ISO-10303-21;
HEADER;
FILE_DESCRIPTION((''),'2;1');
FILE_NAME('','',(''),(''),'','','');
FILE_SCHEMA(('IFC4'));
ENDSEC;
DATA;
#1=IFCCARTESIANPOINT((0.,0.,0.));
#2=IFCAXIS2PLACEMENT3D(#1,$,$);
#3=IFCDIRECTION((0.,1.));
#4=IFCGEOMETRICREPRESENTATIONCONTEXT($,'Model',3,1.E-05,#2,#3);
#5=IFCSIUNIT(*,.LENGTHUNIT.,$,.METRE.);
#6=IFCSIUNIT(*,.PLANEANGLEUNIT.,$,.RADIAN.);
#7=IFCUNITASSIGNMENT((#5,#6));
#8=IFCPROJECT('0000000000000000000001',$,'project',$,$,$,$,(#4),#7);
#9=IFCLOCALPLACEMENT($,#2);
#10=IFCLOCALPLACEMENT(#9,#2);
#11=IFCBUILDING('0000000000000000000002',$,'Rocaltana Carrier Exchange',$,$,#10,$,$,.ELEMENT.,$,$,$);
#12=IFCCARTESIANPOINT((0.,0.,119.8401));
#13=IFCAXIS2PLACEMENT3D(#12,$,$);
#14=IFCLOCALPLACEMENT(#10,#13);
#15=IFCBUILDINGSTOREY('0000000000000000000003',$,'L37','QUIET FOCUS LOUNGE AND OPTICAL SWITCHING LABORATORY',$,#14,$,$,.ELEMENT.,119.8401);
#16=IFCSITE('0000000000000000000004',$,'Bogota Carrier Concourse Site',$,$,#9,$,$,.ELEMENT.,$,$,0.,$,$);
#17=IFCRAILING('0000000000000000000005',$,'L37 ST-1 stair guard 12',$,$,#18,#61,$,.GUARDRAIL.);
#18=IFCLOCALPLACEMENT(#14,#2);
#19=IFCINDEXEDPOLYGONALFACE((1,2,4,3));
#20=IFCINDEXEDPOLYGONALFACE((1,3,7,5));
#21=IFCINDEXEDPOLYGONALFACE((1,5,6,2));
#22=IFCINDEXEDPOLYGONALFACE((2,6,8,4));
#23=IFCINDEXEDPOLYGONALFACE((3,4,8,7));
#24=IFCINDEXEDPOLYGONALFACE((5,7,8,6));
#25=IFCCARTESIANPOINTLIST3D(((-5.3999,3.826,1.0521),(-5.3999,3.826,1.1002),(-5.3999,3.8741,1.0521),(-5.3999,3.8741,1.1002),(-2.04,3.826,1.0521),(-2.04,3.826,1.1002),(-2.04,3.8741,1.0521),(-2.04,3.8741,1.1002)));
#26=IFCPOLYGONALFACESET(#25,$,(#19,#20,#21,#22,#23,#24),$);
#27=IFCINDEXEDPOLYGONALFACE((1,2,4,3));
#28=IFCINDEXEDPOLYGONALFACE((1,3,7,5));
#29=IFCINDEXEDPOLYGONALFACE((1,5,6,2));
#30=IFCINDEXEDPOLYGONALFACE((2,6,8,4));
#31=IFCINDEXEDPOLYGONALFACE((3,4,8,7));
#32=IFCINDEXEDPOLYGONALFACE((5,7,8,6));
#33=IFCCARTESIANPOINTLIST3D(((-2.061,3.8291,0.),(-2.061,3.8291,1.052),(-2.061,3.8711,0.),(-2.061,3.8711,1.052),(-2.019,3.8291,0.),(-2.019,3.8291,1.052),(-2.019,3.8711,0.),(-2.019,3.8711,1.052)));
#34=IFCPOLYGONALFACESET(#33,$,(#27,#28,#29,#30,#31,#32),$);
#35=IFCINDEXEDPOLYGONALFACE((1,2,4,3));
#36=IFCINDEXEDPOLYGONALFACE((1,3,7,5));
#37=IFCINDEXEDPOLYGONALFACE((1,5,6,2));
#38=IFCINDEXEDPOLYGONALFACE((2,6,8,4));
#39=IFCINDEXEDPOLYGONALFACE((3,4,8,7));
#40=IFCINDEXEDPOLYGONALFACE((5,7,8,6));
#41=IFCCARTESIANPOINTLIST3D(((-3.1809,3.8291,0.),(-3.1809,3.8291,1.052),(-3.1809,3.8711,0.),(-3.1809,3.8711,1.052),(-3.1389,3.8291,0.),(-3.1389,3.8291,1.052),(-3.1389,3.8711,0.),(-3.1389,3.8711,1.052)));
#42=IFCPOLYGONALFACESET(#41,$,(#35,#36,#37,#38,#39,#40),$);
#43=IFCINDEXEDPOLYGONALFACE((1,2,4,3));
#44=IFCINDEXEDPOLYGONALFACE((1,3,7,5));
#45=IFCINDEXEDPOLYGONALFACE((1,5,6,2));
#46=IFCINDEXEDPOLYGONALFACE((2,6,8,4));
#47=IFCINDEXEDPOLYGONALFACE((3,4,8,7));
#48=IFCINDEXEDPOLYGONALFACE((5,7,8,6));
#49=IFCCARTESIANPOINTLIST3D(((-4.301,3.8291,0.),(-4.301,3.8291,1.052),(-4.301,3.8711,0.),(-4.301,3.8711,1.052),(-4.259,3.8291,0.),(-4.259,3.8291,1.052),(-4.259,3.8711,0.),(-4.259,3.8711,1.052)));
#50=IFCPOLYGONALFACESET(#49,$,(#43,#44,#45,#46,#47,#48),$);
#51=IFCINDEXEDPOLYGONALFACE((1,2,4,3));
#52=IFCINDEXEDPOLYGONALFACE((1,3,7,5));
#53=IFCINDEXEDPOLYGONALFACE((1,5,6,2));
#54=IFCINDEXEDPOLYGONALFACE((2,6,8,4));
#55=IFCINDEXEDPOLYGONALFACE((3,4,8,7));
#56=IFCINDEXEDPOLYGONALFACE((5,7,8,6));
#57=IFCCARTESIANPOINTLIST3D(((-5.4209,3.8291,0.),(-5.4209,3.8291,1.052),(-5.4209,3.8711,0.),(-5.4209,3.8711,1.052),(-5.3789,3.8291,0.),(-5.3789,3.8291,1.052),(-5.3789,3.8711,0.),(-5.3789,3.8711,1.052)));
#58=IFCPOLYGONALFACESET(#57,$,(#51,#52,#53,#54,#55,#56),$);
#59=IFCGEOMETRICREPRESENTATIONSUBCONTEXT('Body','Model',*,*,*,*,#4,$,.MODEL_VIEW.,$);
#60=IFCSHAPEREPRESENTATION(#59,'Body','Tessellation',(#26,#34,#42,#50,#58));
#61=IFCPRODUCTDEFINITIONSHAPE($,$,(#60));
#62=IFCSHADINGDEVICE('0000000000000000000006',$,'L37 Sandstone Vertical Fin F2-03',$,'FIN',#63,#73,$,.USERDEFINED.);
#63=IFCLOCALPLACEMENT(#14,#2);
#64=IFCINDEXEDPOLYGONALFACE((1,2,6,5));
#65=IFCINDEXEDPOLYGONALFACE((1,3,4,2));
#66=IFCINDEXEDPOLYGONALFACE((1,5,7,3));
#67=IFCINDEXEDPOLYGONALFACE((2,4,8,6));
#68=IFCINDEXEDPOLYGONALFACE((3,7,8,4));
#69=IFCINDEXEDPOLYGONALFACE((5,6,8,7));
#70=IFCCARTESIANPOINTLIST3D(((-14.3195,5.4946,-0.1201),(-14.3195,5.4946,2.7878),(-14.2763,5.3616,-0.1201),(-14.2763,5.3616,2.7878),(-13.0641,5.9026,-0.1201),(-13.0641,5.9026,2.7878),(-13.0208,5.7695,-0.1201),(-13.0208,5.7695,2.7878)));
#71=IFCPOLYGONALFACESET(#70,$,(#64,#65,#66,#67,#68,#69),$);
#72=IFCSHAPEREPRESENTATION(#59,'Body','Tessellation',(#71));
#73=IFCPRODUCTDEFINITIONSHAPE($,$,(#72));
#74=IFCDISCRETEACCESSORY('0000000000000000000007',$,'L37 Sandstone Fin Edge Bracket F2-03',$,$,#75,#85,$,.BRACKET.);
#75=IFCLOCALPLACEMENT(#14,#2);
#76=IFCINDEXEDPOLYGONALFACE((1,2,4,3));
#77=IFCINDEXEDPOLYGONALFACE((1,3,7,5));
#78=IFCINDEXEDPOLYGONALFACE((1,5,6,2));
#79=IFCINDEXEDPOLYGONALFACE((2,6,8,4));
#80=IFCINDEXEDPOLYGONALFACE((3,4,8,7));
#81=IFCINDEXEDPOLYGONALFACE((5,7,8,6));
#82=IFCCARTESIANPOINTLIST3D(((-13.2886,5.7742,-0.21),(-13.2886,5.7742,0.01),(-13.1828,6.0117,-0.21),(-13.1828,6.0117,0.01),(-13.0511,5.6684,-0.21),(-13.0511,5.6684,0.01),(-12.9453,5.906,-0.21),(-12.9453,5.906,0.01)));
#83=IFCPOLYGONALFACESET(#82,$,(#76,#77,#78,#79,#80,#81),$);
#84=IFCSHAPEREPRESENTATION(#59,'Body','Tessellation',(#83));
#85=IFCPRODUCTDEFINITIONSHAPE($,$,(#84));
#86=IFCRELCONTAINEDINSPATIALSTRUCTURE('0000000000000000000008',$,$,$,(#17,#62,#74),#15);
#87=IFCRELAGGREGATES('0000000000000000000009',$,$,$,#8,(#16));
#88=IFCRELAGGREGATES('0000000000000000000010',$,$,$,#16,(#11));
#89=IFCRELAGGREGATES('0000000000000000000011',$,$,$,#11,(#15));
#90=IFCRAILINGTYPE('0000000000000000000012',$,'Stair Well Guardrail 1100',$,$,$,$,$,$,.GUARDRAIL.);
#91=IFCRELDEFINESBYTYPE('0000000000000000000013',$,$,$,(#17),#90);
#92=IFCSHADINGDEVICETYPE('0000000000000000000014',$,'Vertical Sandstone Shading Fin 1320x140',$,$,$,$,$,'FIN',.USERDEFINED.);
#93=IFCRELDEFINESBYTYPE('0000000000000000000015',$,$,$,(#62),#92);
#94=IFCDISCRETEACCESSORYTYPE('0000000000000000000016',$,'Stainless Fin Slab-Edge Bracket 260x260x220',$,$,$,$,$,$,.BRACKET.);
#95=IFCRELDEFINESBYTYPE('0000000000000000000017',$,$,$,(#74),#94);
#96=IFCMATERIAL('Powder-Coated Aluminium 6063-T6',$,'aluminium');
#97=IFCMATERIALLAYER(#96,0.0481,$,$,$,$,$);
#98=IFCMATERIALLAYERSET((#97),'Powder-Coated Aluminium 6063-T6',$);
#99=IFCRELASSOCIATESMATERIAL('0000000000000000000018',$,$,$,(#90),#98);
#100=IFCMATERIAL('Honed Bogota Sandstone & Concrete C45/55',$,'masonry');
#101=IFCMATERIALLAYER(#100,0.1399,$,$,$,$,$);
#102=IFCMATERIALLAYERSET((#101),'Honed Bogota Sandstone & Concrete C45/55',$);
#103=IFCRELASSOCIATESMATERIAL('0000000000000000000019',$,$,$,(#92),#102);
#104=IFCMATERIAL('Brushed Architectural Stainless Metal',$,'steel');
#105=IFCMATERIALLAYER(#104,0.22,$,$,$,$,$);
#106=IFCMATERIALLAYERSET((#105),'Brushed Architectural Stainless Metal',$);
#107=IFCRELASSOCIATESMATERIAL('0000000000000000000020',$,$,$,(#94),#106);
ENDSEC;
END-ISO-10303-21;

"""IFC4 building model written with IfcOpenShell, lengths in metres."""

from ifc_helpers import new_model, si_unit, direction, frame, origin, origin_2d, place, context, subcontext, project, spatial, rectangle, extrude, material, layer, layer_set, type_object, element, save


model = new_model("IFC4")

# Units and contexts
model_context = context("Model", 3, precision=1e-05, world=origin(), true_north=direction((0.0, 1.0)))
body_context = subcontext(model_context, "Body", "Model", "MODEL_VIEW")
ifc_project = project(units=[si_unit("LENGTHUNIT", "METRE"), si_unit("PLANEANGLEUNIT", "RADIAN")], contexts=[model_context])

# Site, building, storey
site_placement = place(None, origin())
site = spatial("IfcSite", under=ifc_project, at=site_placement, Name="Bogota Carrier Concourse Site", CompositionType="ELEMENT", RefElevation=0.0)
building_placement = place(site_placement, origin())
building = spatial("IfcBuilding", under=site, at=building_placement, Name="Rocaltana Carrier Exchange", CompositionType="ELEMENT")
storey_placement = place(building_placement, frame((0.0, 0.0, 119.8401)))
storey = spatial("IfcBuildingStorey", under=building, at=storey_placement, Name="L37", Description="QUIET FOCUS LOUNGE AND OPTICAL SWITCHING LABORATORY", CompositionType="ELEMENT", Elevation=119.8401)

# Railing
ifc_material_1 = material(Name="Powder-Coated Aluminium 6063-T6", Category="aluminium")
ifc_layer_1 = layer(ifc_material_1, 0.0481)
ifc_layer_set_1 = layer_set([ifc_layer_1], Name="Powder-Coated Aluminium 6063-T6")
railing_type_1 = type_object("IfcRailingType", Name="Stair Well Guardrail 1100", PredefinedType="GUARDRAIL", material=ifc_layer_set_1)
railing_1_placement = place(storey_placement, frame((-2.04, 3.8501, 0.0)))
element("IfcRailing", 1, at=railing_1_placement, inside=storey, type_object=railing_type_1, Name="L37 ST-1 stair guard 12", PredefinedType="GUARDRAIL", context=body_context, shape_type="SweptSolid", body=[
    extrude(rectangle(XDim=0.0481, YDim=0.0481, at=origin_2d()), frame((0.0, 0.0, 1.0762), z_axis=(-1.0, 0.0, 0.0), x_axis=(0.0, -1.0, 0.0)), (0.0, 0.0, 1.0), 3.3599),
    extrude(rectangle(XDim=0.042, YDim=0.042, at=origin_2d()), origin(), (0.0, 0.0, 1.0), 1.052),
    extrude(rectangle(XDim=0.042, YDim=0.042, at=origin_2d()), frame((-1.1199, 0.0, 0.0)), (0.0, 0.0, 1.0), 1.052),
    extrude(rectangle(XDim=0.042, YDim=0.042, at=origin_2d()), frame((-2.24, 0.0, 0.0)), (0.0, 0.0, 1.0), 1.052),
    extrude(rectangle(XDim=0.042, YDim=0.042, at=origin_2d()), frame((-3.3599, 0.0, 0.0)), (0.0, 0.0, 1.0), 1.052),
])

# Shading device
ifc_material_2 = material(Name="Honed Bogota Sandstone & Concrete C45/55", Category="masonry")
ifc_layer_2 = layer(ifc_material_2, 0.1399)
ifc_layer_set_2 = layer_set([ifc_layer_2], Name="Honed Bogota Sandstone & Concrete C45/55")
shading_device_type = type_object("IfcShadingDeviceType", Name="Vertical Sandstone Shading Fin 1320x140", ElementType="FIN", PredefinedType="USERDEFINED", material=ifc_layer_set_2)
shading_device_placement = place(storey_placement, frame((-13.6702, 5.6321, -0.1201), z_axis=(0.0, 0.0, 1.0), x_axis=(-0.951057, -0.309017, 0.0)))
element("IfcShadingDevice", 2, at=shading_device_placement, inside=storey, type_object=shading_device_type, Name="L37 Sandstone Vertical Fin F2-03", ObjectType="FIN", PredefinedType="USERDEFINED", context=body_context, shape_type="SweptSolid", body=[
    extrude(rectangle(XDim=1.3201, YDim=0.1399, at=origin_2d()), origin(), (0.0, 0.0, 1.0), 2.908),
])

# Discrete accessory
ifc_material_3 = material(Name="Brushed Architectural Stainless Metal", Category="steel")
ifc_layer_3 = layer(ifc_material_3, 0.22)
ifc_layer_set_3 = layer_set([ifc_layer_3], Name="Brushed Architectural Stainless Metal")
discrete_accessory_type = type_object("IfcDiscreteAccessoryType", Name="Stainless Fin Slab-Edge Bracket 260x260x220", PredefinedType="BRACKET", material=ifc_layer_set_3)
discrete_accessory_placement = place(storey_placement, frame((-13.1169, 5.8401, -0.21), z_axis=(0.0, 0.0, 1.0), x_axis=(-0.406737, -0.913545, 0.0)))
element("IfcDiscreteAccessory", 3, at=discrete_accessory_placement, inside=storey, type_object=discrete_accessory_type, Name="L37 Sandstone Fin Edge Bracket F2-03", PredefinedType="BRACKET", context=body_context, shape_type="SweptSolid", body=[
    extrude(rectangle(XDim=0.26, YDim=0.26, at=origin_2d()), origin(), (0.0, 0.0, 1.0), 0.22),
])

save(model, "model.ifc")
